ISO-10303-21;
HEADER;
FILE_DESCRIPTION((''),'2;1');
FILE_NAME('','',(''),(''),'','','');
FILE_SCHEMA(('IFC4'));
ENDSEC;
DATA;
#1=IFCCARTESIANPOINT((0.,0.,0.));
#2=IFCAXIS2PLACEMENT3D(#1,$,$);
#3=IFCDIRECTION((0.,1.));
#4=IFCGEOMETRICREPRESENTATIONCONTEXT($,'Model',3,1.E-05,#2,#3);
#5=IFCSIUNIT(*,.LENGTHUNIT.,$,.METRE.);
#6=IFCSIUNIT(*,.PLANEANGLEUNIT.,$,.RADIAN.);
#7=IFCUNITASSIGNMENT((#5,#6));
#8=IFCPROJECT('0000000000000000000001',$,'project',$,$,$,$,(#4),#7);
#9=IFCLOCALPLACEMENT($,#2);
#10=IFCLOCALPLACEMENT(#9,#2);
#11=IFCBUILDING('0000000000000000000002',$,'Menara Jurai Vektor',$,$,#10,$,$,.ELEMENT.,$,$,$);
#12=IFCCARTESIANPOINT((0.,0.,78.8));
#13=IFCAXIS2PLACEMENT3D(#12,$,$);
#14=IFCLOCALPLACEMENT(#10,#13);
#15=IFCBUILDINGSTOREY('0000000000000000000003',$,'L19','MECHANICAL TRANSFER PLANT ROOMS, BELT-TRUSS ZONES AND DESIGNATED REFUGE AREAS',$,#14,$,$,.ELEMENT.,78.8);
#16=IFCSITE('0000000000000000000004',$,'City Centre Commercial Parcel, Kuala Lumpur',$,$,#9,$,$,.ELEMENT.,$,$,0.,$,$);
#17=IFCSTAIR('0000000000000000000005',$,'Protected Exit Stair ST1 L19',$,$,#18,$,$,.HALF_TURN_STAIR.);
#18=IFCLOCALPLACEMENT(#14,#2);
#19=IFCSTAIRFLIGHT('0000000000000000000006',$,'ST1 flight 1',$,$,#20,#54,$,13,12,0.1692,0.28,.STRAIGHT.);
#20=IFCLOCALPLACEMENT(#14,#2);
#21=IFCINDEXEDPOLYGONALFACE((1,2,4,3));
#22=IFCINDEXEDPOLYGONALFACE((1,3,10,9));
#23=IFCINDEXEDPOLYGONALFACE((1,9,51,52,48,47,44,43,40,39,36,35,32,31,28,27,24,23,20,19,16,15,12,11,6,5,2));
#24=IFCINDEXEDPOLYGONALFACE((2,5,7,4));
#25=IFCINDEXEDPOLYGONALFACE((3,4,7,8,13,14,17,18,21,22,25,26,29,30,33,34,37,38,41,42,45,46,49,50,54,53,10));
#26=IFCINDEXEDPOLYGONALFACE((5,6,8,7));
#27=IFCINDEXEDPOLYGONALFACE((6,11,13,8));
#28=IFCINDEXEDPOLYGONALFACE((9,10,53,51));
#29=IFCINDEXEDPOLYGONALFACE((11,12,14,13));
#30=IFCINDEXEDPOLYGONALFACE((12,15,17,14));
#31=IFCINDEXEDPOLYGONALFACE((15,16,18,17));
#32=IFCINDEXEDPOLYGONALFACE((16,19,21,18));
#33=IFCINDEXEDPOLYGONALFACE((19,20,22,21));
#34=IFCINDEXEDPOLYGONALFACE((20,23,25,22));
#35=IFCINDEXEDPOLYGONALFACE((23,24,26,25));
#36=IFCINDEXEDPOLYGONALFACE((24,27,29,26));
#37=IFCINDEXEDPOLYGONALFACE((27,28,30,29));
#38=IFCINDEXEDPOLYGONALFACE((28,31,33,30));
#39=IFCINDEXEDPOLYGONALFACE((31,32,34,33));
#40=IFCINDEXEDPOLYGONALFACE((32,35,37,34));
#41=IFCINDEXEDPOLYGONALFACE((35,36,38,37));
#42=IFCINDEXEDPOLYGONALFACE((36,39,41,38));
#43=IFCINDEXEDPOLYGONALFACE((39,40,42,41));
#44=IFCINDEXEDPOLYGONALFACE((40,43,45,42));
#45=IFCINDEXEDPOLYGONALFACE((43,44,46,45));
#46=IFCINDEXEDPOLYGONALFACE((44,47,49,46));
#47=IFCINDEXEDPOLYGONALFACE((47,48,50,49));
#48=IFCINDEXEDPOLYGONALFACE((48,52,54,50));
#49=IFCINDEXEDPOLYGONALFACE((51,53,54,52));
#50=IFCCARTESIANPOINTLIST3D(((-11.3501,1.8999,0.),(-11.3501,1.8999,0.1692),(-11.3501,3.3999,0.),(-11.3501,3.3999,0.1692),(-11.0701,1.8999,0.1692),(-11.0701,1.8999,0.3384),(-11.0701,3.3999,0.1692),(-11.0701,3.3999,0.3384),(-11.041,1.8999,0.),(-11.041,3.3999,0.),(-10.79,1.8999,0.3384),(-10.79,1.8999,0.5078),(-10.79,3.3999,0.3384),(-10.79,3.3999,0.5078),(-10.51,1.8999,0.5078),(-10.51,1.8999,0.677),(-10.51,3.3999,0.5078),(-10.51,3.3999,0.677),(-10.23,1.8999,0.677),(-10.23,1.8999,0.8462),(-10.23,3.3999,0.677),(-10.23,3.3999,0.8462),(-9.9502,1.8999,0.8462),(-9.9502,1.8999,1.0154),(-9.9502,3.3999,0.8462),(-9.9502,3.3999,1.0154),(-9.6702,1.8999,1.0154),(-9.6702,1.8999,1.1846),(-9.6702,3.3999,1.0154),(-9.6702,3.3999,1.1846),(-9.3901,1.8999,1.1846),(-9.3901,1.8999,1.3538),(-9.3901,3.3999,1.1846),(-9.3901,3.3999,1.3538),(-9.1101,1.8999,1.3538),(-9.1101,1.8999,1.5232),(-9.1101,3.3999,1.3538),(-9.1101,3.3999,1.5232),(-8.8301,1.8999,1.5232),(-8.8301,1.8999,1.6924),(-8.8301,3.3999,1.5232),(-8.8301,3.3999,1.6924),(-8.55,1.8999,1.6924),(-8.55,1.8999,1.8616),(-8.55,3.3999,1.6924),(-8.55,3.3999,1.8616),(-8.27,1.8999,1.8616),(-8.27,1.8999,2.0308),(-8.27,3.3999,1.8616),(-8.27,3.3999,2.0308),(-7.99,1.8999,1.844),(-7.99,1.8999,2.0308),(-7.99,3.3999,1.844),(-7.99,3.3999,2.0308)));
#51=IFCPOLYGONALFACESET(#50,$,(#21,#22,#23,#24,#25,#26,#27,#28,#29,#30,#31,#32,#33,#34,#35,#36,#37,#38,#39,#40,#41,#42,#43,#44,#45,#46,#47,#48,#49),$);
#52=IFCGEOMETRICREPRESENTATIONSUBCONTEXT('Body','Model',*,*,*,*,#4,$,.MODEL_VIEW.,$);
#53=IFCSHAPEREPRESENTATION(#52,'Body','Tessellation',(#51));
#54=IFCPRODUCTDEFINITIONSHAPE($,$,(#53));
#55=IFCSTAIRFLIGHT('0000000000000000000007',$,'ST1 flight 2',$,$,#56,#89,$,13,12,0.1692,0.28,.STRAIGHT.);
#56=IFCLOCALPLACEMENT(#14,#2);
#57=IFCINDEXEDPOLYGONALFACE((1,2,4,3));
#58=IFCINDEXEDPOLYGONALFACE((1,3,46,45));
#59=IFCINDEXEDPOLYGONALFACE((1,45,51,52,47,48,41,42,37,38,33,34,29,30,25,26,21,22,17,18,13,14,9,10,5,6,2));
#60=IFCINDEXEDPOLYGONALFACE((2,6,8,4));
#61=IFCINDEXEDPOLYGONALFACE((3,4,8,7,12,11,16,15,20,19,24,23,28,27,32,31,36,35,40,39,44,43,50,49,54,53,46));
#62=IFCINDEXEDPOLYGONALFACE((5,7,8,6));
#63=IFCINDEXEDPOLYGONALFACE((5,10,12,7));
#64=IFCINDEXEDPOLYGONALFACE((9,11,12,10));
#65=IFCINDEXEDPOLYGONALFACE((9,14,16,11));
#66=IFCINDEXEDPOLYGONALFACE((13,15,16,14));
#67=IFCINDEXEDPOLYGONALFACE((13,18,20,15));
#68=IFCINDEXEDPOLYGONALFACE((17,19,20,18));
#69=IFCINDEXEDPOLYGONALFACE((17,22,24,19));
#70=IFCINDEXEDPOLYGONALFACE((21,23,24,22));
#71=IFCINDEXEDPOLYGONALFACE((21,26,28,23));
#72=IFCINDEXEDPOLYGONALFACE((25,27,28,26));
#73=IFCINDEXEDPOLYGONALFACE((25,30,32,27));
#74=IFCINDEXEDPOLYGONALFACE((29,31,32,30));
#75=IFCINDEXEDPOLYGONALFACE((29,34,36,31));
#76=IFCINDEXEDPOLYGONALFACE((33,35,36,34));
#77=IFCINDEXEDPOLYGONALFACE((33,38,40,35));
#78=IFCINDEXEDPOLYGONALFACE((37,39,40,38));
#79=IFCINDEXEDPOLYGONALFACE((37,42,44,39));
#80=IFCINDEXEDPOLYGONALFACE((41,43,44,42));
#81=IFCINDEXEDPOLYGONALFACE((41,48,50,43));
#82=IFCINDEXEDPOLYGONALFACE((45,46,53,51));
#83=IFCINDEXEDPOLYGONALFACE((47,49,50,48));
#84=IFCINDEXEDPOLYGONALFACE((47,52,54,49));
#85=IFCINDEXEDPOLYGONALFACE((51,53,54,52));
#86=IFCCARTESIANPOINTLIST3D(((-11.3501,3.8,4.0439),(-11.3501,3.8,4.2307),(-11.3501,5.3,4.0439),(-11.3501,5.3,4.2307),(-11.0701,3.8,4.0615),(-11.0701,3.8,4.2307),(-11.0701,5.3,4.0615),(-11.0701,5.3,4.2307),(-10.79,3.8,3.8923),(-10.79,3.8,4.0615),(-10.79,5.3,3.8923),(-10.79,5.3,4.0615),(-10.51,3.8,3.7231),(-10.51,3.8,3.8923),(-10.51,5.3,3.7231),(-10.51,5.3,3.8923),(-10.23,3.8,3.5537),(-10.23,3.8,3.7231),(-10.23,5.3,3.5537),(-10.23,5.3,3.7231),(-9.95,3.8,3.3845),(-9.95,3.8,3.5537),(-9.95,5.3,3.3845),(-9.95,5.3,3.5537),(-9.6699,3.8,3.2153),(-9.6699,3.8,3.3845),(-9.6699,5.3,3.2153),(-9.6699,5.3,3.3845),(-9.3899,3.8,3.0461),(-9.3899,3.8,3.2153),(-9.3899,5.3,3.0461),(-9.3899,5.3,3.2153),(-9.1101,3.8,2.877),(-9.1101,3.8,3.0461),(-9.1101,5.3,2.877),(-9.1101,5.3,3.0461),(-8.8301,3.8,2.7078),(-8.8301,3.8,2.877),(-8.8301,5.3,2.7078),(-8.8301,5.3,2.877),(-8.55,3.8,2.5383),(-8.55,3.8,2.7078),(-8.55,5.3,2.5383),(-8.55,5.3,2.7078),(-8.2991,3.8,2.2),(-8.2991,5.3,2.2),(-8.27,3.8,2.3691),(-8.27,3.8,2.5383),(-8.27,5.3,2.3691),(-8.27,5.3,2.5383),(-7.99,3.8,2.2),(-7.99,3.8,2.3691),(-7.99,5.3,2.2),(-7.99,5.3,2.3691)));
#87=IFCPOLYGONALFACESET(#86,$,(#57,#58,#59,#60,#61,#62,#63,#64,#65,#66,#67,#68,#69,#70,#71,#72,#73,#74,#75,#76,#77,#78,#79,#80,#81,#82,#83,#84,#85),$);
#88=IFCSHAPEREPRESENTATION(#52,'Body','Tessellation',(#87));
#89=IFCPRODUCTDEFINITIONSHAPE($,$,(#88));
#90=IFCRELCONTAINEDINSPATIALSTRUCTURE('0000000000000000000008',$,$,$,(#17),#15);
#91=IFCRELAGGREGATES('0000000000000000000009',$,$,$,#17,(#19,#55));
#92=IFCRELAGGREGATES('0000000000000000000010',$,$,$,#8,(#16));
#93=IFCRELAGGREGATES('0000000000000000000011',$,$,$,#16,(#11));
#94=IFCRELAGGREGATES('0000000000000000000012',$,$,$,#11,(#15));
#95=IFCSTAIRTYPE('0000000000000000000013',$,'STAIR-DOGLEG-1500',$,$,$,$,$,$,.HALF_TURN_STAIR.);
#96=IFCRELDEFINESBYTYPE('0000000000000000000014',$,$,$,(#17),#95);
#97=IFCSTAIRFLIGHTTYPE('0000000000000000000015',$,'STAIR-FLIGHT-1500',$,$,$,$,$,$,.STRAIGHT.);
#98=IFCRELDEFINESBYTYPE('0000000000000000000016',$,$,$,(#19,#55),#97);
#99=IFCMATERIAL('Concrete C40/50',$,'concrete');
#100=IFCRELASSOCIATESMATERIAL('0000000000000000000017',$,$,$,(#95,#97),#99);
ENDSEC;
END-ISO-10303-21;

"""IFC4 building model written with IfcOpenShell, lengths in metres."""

from ifc_helpers import new_model, si_unit, direction, frame, origin, place, context, subcontext, project, spatial, polyline, outline, extrude, material, type_object, element, aggregate, save


model = new_model("IFC4")

# Units and contexts
model_context = context("Model", 3, precision=1e-05, world=origin(), true_north=direction((0.0, 1.0)))
body_context = subcontext(model_context, "Body", "Model", "MODEL_VIEW")
ifc_project = project(units=[si_unit("LENGTHUNIT", "METRE"), si_unit("PLANEANGLEUNIT", "RADIAN")], contexts=[model_context])

# Site, building, storey
site_placement = place(None, origin())
site = spatial("IfcSite", under=ifc_project, at=site_placement, Name="City Centre Commercial Parcel, Kuala Lumpur", CompositionType="ELEMENT", RefElevation=0.0)
building_placement = place(site_placement, origin())
building = spatial("IfcBuilding", under=site, at=building_placement, Name="Menara Jurai Vektor", CompositionType="ELEMENT")
storey_placement = place(building_placement, frame((0.0, 0.0, 78.8)))
storey = spatial("IfcBuildingStorey", under=building, at=storey_placement, Name="L19", Description="MECHANICAL TRANSFER PLANT ROOMS, BELT-TRUSS ZONES AND DESIGNATED REFUGE AREAS", CompositionType="ELEMENT", Elevation=78.8)

# Stair
ifc_material_1 = material(Name="Concrete C40/50", Category="concrete")
stair_type = type_object("IfcStairType", Name="STAIR-DOGLEG-1500", PredefinedType="HALF_TURN_STAIR", material=ifc_material_1)
stair_placement = place(storey_placement, origin())
stair = element("IfcStair", 1, at=stair_placement, inside=storey, type_object=stair_type, Name="Protected Exit Stair ST1 L19", PredefinedType="HALF_TURN_STAIR")

# Stair flights
stair_flight_type = type_object("IfcStairFlightType", Name="STAIR-FLIGHT-1500", PredefinedType="STRAIGHT", material=ifc_material_1)
stair_flight_1_placement = place(storey_placement, frame((-11.3501, 2.6499, 0.0), z_axis=(0.0, 0.0, 1.0), x_axis=(1.0, 0.0, 0.0)))
stair_flight_1 = element("IfcStairFlight", 2, at=stair_flight_1_placement, type_object=stair_flight_type, Name="ST1 flight 1", NumberOfRisers=13, NumberOfTreads=12, PredefinedType="STRAIGHT", RiserHeight=0.1692, TreadLength=0.28, context=body_context, shape_type="SweptSolid", body=[
    extrude(outline(polyline([(0.0, 0.0), (0.0, 0.1692), (0.28, 0.1692), (0.28, 0.3384), (0.5601, 0.3384), (0.5601, 0.5078), (0.8401, 0.5078), (0.8401, 0.677), (1.1201, 0.677), (1.1201, 0.8462), (1.3999, 0.8462), (1.3999, 1.0154), (1.6799, 1.0154), (1.6799, 1.1846), (1.96, 1.1846), (1.96, 1.3538), (2.24, 1.3538), (2.24, 1.5232), (2.52, 1.5232), (2.52, 1.6924), (2.8, 1.6924), (2.8, 1.8616), (3.0801, 1.8616), (3.0801, 2.0308), (3.3601, 2.0308), (3.3601, 2.2), (3.3601, 1.844), (0.3091, 0.0), (0.0, 0.0)])), frame((0.0, 0.75, 0.0), z_axis=(0.0, -1.0, 0.0), x_axis=(1.0, 0.0, 0.0)), (0.0, 0.0, 1.0), 1.5),
])
stair_flight_2_placement = place(storey_placement, frame((-7.99, 4.55, 2.2), z_axis=(0.0, 0.0, 1.0), x_axis=(-1.0, 0.0, 0.0)))
stair_flight_2 = element("IfcStairFlight", 3, at=stair_flight_2_placement, type_object=stair_flight_type, Name="ST1 flight 2", NumberOfRisers=13, NumberOfTreads=12, PredefinedType="STRAIGHT", RiserHeight=0.1692, TreadLength=0.28, context=body_context, shape_type="SweptSolid", body=[
    extrude(outline(polyline([(0.0, 0.0), (0.0, 0.1692), (0.28, 0.1692), (0.28, 0.3384), (0.5601, 0.3384), (0.5601, 0.5078), (0.8401, 0.5078), (0.8401, 0.677), (1.1201, 0.677), (1.1201, 0.8462), (1.3999, 0.8462), (1.3999, 1.0154), (1.6799, 1.0154), (1.6799, 1.1846), (1.96, 1.1846), (1.96, 1.3538), (2.24, 1.3538), (2.24, 1.5232), (2.52, 1.5232), (2.52, 1.6924), (2.8, 1.6924), (2.8, 1.8616), (3.0801, 1.8616), (3.0801, 2.0308), (3.3601, 2.0308), (3.3601, 2.2), (3.3601, 1.844), (0.3091, 0.0), (0.0, 0.0)])), frame((0.0, 0.75, 0.0), z_axis=(0.0, -1.0, 0.0), x_axis=(1.0, 0.0, 0.0)), (0.0, 0.0, 1.0), 1.5),
])
aggregate(stair, [stair_flight_1, stair_flight_2])

save(model, "model.ifc")
